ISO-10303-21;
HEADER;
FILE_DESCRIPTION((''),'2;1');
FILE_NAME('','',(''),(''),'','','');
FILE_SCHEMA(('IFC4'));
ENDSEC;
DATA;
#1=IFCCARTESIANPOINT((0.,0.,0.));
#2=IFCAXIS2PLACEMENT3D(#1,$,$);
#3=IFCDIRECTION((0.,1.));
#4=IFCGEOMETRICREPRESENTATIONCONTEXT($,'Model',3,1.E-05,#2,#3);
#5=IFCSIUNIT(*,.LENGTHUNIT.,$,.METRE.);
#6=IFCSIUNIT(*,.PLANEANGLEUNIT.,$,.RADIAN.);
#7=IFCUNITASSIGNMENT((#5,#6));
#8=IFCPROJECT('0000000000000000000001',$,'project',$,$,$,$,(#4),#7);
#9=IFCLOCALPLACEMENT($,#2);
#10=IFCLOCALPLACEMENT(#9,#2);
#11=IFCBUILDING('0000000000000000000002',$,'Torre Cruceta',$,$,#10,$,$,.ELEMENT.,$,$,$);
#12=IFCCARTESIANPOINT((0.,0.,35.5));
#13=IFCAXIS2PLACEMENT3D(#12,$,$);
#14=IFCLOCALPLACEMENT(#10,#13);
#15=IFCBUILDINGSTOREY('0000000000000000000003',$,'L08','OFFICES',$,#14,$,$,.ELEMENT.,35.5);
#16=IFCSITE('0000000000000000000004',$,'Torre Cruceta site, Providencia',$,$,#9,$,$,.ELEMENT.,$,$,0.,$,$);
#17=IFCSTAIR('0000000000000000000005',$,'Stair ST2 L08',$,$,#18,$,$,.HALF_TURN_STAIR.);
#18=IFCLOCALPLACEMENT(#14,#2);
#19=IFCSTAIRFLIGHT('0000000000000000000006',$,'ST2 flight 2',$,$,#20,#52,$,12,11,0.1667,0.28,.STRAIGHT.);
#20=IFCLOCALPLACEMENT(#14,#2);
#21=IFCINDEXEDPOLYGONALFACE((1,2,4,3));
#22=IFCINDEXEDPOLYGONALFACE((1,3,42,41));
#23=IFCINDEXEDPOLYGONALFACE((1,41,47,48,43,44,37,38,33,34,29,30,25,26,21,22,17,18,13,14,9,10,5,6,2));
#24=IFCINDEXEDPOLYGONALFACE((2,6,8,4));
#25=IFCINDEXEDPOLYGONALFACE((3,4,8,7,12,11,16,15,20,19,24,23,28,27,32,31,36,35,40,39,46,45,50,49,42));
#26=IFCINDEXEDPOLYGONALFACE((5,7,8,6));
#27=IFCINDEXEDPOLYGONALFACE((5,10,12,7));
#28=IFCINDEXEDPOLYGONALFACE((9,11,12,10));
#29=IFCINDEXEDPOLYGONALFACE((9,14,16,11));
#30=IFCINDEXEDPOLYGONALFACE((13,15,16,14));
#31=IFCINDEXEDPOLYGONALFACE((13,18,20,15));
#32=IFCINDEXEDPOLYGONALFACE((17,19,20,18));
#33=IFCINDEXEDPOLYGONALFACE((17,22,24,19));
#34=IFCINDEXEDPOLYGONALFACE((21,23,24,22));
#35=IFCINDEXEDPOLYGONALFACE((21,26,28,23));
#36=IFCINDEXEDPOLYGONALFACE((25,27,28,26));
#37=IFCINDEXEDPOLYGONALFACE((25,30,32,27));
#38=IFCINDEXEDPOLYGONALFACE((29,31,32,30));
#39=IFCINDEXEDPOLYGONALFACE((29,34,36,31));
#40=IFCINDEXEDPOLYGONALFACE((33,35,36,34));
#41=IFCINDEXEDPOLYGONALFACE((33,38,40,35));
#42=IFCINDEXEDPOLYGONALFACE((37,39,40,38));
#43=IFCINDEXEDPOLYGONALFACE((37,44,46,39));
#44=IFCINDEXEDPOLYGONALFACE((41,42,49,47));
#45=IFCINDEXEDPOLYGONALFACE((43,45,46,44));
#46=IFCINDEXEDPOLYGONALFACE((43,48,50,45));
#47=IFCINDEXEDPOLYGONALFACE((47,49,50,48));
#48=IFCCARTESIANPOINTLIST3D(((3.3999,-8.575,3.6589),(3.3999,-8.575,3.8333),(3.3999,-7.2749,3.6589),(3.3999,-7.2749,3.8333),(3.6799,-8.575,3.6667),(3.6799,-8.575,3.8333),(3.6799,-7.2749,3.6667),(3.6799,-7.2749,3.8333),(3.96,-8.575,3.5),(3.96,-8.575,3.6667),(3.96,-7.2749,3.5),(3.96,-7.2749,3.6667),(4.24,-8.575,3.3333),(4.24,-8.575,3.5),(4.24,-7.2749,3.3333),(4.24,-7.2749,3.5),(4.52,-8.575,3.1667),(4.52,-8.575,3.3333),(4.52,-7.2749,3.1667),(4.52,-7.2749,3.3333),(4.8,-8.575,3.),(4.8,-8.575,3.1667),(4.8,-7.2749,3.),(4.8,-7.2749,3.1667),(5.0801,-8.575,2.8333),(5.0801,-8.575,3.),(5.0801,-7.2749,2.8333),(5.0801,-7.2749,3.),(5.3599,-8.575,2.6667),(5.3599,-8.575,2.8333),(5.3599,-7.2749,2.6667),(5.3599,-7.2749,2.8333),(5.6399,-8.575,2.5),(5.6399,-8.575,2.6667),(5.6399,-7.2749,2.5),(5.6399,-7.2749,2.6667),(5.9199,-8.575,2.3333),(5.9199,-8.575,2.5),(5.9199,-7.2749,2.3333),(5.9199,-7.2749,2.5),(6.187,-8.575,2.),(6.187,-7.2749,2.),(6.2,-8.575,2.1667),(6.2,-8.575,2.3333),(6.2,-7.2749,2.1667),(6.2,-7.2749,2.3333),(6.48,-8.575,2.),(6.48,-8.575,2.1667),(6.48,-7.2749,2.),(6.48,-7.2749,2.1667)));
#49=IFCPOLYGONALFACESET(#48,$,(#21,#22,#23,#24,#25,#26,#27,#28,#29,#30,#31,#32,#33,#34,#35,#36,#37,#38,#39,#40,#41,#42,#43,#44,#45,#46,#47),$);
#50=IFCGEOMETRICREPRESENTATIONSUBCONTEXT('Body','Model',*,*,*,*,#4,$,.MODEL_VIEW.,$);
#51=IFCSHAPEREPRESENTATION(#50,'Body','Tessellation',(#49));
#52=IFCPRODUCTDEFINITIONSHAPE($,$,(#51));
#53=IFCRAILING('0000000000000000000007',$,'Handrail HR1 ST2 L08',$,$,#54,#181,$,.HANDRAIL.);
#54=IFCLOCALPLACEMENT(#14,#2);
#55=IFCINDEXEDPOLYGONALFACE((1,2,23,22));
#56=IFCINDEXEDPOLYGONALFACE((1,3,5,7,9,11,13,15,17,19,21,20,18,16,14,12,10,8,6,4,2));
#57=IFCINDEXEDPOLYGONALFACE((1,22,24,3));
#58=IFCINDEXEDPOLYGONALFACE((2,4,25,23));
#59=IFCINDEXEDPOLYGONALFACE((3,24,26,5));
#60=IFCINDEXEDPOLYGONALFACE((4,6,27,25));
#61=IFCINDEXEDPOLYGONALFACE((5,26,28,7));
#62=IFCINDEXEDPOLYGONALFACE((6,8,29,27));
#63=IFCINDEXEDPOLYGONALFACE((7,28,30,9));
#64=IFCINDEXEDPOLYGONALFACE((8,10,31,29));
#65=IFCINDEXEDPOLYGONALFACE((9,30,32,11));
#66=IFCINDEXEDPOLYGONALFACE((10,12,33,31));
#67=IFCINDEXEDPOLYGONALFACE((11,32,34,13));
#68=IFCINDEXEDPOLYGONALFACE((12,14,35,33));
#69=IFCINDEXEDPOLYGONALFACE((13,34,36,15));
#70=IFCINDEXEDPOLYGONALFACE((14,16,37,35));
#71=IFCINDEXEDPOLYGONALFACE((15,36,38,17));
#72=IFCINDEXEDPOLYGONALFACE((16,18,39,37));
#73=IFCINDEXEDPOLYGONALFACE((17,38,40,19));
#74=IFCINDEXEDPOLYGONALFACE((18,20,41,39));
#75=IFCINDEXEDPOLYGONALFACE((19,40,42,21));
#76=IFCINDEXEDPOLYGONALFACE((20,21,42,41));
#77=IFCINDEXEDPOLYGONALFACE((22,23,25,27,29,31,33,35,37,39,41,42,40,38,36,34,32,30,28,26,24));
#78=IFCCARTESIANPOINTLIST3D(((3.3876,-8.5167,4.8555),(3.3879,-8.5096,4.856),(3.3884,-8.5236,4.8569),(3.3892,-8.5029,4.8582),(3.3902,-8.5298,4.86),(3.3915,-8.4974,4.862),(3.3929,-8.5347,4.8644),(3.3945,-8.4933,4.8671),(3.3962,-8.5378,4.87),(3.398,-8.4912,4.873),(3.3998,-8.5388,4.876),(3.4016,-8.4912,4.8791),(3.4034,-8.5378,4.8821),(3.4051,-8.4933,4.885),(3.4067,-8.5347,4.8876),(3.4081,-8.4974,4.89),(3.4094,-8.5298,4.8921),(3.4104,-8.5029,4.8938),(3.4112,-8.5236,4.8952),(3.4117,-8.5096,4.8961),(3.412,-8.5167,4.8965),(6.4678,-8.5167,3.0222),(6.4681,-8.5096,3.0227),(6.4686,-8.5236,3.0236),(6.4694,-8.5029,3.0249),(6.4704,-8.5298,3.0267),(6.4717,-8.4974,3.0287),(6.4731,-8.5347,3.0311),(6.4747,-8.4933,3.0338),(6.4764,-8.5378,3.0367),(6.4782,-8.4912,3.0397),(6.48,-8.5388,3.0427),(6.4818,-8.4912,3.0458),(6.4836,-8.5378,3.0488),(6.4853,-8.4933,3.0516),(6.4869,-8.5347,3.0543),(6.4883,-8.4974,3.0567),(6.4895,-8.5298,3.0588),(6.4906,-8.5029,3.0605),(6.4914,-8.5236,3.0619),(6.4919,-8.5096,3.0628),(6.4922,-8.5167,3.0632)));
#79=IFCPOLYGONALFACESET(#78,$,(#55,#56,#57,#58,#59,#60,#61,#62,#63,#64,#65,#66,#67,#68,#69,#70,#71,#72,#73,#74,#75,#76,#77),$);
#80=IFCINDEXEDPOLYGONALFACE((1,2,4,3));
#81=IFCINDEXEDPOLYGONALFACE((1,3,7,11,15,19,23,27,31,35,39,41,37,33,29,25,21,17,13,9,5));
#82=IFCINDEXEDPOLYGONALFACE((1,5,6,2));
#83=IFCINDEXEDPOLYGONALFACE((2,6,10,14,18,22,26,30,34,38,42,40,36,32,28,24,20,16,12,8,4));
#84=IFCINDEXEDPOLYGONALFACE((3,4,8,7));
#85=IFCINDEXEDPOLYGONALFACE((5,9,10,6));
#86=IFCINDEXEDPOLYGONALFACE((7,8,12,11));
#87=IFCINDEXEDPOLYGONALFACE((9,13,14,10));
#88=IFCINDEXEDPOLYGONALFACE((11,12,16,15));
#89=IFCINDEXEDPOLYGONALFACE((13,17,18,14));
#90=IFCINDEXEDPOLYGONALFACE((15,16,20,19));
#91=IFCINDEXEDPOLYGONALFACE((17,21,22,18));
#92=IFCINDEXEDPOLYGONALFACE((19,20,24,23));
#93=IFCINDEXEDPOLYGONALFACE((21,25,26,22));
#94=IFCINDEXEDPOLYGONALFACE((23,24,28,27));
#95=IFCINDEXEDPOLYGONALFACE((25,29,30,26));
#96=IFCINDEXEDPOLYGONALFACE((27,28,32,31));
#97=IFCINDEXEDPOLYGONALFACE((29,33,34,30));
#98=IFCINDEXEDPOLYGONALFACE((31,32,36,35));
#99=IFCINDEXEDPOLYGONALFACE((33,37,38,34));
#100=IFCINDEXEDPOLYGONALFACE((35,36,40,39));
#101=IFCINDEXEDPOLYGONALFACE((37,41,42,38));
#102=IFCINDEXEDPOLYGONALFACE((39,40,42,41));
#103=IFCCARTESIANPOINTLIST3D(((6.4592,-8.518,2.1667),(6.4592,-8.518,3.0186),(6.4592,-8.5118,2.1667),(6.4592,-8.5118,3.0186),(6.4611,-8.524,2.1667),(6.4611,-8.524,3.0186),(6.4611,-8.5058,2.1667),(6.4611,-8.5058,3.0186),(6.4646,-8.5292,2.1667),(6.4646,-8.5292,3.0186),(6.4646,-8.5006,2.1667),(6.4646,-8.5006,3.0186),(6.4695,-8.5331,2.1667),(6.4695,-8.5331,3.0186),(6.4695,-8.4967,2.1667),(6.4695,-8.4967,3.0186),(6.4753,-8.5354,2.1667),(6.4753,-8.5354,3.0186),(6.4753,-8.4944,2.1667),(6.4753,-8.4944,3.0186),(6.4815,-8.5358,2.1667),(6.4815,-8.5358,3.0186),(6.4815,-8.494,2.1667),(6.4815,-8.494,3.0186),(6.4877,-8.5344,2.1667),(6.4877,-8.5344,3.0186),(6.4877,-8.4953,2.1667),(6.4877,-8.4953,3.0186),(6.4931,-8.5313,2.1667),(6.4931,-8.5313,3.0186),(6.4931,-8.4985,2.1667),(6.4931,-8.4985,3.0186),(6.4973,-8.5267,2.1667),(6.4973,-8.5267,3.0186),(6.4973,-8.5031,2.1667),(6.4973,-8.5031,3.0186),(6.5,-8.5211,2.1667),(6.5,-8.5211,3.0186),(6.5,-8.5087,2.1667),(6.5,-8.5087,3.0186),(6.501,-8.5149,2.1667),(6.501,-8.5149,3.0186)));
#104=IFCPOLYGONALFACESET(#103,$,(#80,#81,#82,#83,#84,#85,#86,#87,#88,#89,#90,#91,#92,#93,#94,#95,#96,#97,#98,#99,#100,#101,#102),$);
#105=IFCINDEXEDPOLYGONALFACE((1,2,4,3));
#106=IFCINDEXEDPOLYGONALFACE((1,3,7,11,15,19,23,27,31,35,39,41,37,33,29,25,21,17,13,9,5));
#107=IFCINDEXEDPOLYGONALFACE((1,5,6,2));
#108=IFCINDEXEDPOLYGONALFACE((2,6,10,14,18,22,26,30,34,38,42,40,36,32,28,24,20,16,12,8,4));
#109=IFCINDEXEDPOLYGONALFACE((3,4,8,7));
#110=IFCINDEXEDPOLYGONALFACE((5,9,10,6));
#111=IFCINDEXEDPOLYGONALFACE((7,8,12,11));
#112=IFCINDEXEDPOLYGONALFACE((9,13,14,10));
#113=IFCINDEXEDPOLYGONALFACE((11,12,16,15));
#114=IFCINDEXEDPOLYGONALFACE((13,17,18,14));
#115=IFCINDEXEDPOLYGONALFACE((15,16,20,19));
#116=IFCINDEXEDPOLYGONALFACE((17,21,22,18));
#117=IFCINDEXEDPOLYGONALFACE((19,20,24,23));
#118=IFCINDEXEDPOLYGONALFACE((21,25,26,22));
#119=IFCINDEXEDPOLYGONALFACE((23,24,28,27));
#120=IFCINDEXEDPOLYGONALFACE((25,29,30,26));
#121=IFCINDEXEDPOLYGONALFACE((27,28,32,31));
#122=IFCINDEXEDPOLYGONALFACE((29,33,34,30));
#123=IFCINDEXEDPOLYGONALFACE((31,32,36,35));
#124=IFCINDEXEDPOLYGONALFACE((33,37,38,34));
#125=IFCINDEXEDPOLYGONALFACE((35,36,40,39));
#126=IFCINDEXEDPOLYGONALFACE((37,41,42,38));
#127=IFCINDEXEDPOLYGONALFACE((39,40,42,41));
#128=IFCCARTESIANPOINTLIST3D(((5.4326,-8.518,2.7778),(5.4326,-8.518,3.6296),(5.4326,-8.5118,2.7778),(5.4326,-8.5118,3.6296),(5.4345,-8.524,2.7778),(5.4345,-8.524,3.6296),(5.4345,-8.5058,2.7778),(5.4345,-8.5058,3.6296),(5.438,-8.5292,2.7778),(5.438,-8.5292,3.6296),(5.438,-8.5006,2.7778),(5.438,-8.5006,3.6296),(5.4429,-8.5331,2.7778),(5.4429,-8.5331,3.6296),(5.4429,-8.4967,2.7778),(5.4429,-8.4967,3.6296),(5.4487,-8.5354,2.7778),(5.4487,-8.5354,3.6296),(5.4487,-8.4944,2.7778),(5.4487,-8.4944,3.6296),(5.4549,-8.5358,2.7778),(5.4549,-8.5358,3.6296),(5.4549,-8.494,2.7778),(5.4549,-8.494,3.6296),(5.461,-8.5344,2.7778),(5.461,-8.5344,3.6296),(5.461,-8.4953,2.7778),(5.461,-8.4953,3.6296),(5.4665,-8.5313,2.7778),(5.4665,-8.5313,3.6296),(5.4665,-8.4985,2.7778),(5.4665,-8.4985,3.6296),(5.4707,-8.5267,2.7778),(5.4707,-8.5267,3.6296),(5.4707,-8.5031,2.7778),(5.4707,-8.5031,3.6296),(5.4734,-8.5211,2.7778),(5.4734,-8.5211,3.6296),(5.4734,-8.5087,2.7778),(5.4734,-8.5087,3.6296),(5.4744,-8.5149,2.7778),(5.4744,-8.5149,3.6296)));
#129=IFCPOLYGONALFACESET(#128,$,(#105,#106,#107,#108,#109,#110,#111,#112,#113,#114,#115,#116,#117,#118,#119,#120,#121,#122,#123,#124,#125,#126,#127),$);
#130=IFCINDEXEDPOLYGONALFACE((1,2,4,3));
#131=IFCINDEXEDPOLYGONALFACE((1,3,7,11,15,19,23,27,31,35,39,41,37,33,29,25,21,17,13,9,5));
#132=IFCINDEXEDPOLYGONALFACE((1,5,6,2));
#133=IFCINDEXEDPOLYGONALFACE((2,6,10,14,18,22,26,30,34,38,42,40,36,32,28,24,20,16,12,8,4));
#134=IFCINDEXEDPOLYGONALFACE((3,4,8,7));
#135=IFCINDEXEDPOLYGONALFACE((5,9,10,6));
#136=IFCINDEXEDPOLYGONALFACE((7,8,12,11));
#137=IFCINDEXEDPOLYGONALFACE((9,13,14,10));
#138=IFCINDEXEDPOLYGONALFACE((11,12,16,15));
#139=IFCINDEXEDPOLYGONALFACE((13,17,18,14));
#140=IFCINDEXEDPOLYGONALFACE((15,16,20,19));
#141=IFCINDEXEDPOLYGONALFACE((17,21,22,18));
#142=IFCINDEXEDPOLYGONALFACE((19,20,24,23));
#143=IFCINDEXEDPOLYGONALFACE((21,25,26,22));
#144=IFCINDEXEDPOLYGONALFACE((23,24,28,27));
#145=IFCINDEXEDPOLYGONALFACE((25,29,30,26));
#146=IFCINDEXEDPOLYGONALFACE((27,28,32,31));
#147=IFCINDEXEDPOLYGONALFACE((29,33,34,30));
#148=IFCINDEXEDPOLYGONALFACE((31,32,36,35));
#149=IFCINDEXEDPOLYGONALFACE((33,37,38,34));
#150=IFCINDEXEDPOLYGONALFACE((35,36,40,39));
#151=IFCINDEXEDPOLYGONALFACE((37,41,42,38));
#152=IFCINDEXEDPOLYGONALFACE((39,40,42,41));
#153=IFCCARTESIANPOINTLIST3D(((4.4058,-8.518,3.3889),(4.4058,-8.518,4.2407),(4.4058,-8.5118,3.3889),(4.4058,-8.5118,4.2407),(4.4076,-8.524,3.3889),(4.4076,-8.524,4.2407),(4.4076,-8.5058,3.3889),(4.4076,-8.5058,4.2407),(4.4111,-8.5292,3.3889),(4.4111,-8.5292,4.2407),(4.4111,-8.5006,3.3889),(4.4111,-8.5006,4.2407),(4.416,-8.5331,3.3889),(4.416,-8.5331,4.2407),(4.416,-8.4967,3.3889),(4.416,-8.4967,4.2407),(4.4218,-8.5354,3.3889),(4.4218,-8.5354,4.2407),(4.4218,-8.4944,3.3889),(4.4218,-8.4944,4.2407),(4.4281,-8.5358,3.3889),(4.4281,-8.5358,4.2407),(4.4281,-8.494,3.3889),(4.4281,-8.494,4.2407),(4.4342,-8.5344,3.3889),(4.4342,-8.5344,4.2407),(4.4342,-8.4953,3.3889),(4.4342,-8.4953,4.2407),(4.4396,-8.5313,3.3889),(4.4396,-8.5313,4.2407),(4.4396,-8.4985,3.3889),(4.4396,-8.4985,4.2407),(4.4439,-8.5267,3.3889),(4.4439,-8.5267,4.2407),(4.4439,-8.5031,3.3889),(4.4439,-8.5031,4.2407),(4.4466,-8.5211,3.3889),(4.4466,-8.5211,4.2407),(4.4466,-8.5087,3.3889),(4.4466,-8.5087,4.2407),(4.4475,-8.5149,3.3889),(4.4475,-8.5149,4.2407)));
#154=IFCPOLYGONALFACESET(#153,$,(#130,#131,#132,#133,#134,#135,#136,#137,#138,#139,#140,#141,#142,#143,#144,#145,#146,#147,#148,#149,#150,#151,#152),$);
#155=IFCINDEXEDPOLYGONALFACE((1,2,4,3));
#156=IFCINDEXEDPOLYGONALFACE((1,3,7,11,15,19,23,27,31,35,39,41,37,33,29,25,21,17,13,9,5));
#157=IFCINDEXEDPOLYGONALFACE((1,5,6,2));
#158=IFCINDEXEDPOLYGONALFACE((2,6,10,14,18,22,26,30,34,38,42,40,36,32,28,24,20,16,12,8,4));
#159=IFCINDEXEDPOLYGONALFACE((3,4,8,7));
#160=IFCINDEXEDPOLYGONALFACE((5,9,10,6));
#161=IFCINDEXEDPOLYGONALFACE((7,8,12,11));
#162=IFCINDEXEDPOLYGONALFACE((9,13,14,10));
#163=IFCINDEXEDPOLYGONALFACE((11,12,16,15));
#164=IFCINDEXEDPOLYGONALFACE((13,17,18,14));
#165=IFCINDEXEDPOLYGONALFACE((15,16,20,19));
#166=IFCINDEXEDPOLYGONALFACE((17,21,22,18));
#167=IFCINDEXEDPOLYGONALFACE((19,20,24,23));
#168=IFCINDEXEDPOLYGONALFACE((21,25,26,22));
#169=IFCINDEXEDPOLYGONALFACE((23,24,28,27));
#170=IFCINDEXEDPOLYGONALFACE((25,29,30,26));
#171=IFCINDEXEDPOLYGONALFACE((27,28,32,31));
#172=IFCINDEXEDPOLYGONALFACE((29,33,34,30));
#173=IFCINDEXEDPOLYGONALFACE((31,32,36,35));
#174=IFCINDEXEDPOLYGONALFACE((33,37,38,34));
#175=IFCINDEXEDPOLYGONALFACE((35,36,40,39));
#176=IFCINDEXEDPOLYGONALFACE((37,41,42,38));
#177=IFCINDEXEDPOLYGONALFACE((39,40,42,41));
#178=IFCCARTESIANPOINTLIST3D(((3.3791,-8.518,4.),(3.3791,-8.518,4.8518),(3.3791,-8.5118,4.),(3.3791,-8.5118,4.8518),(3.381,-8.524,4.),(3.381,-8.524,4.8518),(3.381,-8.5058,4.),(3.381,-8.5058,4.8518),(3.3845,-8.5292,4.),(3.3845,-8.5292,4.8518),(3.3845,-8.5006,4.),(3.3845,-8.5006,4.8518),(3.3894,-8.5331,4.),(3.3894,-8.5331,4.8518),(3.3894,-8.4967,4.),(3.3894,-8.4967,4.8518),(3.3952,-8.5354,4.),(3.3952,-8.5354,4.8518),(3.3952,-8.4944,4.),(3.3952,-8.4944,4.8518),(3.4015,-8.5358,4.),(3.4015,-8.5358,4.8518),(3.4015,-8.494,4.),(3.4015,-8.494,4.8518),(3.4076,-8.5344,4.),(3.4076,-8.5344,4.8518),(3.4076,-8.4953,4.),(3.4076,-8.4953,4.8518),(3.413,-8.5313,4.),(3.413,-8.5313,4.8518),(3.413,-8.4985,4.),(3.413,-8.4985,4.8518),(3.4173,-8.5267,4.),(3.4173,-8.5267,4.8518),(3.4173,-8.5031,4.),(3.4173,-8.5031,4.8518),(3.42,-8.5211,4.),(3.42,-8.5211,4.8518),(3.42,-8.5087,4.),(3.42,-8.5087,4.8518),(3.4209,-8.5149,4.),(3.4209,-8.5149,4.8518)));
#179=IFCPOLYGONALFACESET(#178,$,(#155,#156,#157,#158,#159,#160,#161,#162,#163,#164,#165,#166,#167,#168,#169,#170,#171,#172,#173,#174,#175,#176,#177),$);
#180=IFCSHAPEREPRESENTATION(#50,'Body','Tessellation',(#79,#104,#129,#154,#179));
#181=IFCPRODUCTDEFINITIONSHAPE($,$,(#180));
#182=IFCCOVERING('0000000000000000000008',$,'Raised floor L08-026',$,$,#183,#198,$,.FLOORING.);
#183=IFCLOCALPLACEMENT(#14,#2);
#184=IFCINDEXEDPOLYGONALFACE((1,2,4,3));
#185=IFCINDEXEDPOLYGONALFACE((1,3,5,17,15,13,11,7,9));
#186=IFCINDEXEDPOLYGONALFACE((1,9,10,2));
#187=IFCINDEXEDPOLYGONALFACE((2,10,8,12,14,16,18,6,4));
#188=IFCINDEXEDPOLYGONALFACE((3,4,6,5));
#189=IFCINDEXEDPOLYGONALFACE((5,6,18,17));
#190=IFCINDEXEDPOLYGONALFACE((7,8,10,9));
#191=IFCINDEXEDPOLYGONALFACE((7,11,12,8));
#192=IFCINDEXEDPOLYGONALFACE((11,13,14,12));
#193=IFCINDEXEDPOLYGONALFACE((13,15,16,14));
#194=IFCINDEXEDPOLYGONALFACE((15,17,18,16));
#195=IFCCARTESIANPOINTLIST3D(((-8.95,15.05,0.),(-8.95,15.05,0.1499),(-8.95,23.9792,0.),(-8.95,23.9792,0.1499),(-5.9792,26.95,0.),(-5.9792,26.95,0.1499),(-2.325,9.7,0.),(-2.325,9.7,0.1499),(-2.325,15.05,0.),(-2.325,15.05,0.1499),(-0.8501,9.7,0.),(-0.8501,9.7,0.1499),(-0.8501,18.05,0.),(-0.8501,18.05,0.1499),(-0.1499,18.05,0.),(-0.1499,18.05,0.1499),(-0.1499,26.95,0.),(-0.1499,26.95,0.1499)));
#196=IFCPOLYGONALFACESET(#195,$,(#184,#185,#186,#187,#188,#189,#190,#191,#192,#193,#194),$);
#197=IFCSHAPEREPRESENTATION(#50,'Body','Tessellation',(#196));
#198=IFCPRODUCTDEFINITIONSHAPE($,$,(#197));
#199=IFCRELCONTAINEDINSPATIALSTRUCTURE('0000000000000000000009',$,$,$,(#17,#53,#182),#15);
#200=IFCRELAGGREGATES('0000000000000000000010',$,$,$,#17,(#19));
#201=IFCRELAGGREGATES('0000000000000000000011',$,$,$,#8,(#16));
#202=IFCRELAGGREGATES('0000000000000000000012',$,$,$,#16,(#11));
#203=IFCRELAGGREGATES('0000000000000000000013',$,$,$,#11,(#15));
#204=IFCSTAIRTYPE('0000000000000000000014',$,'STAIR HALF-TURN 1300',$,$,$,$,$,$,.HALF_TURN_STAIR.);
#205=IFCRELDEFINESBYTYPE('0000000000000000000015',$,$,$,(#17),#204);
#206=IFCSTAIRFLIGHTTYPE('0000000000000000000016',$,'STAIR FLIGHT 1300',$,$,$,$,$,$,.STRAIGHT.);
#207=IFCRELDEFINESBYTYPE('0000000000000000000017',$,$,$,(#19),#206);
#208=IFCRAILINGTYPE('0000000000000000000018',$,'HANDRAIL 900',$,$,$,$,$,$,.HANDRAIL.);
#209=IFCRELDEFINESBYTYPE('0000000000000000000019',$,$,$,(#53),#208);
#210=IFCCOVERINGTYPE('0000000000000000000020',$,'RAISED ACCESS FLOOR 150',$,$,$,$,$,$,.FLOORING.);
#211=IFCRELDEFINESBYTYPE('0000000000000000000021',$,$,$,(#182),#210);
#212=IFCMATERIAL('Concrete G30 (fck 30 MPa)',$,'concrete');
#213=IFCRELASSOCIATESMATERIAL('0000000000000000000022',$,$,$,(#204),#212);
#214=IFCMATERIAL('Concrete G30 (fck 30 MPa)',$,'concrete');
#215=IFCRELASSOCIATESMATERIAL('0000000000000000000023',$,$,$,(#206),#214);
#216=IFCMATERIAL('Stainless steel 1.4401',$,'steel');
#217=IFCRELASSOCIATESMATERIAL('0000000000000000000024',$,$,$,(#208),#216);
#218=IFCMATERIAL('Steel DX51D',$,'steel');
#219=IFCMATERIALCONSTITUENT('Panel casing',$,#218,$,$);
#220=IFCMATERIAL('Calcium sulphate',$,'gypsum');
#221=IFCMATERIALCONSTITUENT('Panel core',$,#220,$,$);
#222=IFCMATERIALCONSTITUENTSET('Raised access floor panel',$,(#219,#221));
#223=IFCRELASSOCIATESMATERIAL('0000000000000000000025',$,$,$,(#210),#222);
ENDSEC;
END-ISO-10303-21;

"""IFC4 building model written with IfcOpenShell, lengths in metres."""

from ifc_helpers import new_model, si_unit, direction, frame, origin, origin_2d, place, context, subcontext, project, spatial, polyline, circle, outline, extrude, material, constituent, constituent_set, type_object, element, aggregate, save


model = new_model("IFC4")

# Units and contexts
model_context = context("Model", 3, precision=1e-05, world=origin(), true_north=direction((0.0, 1.0)))
body_context = subcontext(model_context, "Body", "Model", "MODEL_VIEW")
ifc_project = project(units=[si_unit("LENGTHUNIT", "METRE"), si_unit("PLANEANGLEUNIT", "RADIAN")], contexts=[model_context])

# Site, building, storey
site_placement = place(None, origin())
site = spatial("IfcSite", under=ifc_project, at=site_placement, Name="Torre Cruceta site, Providencia", CompositionType="ELEMENT", RefElevation=0.0)
building_placement = place(site_placement, origin())
building = spatial("IfcBuilding", under=site, at=building_placement, Name="Torre Cruceta", CompositionType="ELEMENT")
storey_placement = place(building_placement, frame((0.0, 0.0, 35.5)))
storey = spatial("IfcBuildingStorey", under=building, at=storey_placement, Name="L08", Description="OFFICES", CompositionType="ELEMENT", Elevation=35.5)

# Stair
ifc_material_1 = material(Name="Concrete G30 (fck 30 MPa)", Category="concrete")
stair_type = type_object("IfcStairType", Name="STAIR HALF-TURN 1300", PredefinedType="HALF_TURN_STAIR", material=ifc_material_1)
stair_1_placement = place(storey_placement, origin())
stair_1 = element("IfcStair", 1, at=stair_1_placement, inside=storey, type_object=stair_type, Name="Stair ST2 L08", PredefinedType="HALF_TURN_STAIR")

# Stair flight
ifc_material_2 = material(Name="Concrete G30 (fck 30 MPa)", Category="concrete")
stair_flight_type = type_object("IfcStairFlightType", Name="STAIR FLIGHT 1300", PredefinedType="STRAIGHT", material=ifc_material_2)
stair_flight_1_placement = place(storey_placement, frame((6.48, -7.925, 2.0), z_axis=(0.0, 0.0, 1.0), x_axis=(-1.0, 0.0, 0.0)))
stair_flight_1 = element("IfcStairFlight", 2, at=stair_flight_1_placement, type_object=stair_flight_type, Name="ST2 flight 2", NumberOfRisers=12, NumberOfTreads=11, PredefinedType="STRAIGHT", RiserHeight=0.1667, TreadLength=0.28, context=body_context, shape_type="SweptSolid", body=[
    extrude(outline(polyline([(0.0, 0.0), (0.0, 0.1667), (0.28, 0.1667), (0.28, 0.3333), (0.5601, 0.3333), (0.5601, 0.5), (0.8401, 0.5), (0.8401, 0.6667), (1.1201, 0.6667), (1.1201, 0.8333), (1.3999, 0.8333), (1.3999, 1.0), (1.6799, 1.0), (1.6799, 1.1667), (1.96, 1.1667), (1.96, 1.3333), (2.24, 1.3333), (2.24, 1.5), (2.52, 1.5), (2.52, 1.6667), (2.8, 1.6667), (2.8, 1.8333), (3.0801, 1.8333), (3.0801, 2.0), (3.0801, 1.6589), (0.293, 0.0), (0.0, 0.0)])), frame((0.0, 0.6499, 0.0), z_axis=(0.0, -1.0, 0.0), x_axis=(1.0, 0.0, 0.0)), (0.0, 0.0, 1.0), 1.3),
])
aggregate(stair_1, [stair_flight_1])

# Railing
ifc_material_3 = material(Name="Stainless steel 1.4401", Category="steel")
railing_type = type_object("IfcRailingType", Name="HANDRAIL 900", PredefinedType="HANDRAIL", material=ifc_material_3)
railing_1_placement = place(storey_placement, frame((6.48, -8.5149, 2.1667)))
element("IfcRailing", 3, at=railing_1_placement, inside=storey, type_object=railing_type, Name="Handrail HR1 ST2 L08", PredefinedType="HANDRAIL", context=body_context, shape_type="SweptSolid", body=[
    extrude(circle(Radius=0.0239, at=origin_2d()), frame((0.0, 0.0, 0.876), z_axis=(-0.859309, 0.0, 0.511458), x_axis=(0.0, -1.0, 0.0)), (0.0, 0.0, 1.0), 3.5845),
    extrude(circle(Radius=0.021, at=origin_2d()), origin(), (0.0, 0.0, 1.0), 0.8518),
    extrude(circle(Radius=0.021, at=origin_2d()), frame((-1.0266, 0.0, 0.6111)), (0.0, 0.0, 1.0), 0.8518),
    extrude(circle(Radius=0.021, at=origin_2d()), frame((-2.0535, 0.0, 1.2222)), (0.0, 0.0, 1.0), 0.8518),
    extrude(circle(Radius=0.021, at=origin_2d()), frame((-3.0801, 0.0, 1.8333)), (0.0, 0.0, 1.0), 0.8518),
])

# Covering
ifc_material_4 = material(Name="Steel DX51D", Category="steel")
ifc_constituent_1 = constituent(ifc_material_4, Name="Panel casing")
ifc_material_5 = material(Name="Calcium sulphate", Category="gypsum")
ifc_constituent_2 = constituent(ifc_material_5, Name="Panel core")
ifc_constituent_set_1 = constituent_set(constituents=[ifc_constituent_1, ifc_constituent_2], Name="Raised access floor panel")
covering_type_1 = type_object("IfcCoveringType", Name="RAISED ACCESS FLOOR 150", PredefinedType="FLOORING", material=ifc_constituent_set_1)
covering_1_placement = place(storey_placement, origin())
element("IfcCovering", 4, at=covering_1_placement, inside=storey, type_object=covering_type_1, Name="Raised floor L08-026", PredefinedType="FLOORING", context=body_context, shape_type="SweptSolid", body=[
    extrude(outline(polyline([(-5.9792, 26.95), (-0.1499, 26.95), (-0.1499, 18.05), (-0.8501, 18.05), (-0.8501, 9.7), (-2.325, 9.7), (-2.325, 15.05), (-8.95, 15.05), (-8.95, 23.9792), (-5.9792, 26.95)])), origin(), (0.0, 0.0, 1.0), 0.1499),
])

save(model, "model.ifc")
